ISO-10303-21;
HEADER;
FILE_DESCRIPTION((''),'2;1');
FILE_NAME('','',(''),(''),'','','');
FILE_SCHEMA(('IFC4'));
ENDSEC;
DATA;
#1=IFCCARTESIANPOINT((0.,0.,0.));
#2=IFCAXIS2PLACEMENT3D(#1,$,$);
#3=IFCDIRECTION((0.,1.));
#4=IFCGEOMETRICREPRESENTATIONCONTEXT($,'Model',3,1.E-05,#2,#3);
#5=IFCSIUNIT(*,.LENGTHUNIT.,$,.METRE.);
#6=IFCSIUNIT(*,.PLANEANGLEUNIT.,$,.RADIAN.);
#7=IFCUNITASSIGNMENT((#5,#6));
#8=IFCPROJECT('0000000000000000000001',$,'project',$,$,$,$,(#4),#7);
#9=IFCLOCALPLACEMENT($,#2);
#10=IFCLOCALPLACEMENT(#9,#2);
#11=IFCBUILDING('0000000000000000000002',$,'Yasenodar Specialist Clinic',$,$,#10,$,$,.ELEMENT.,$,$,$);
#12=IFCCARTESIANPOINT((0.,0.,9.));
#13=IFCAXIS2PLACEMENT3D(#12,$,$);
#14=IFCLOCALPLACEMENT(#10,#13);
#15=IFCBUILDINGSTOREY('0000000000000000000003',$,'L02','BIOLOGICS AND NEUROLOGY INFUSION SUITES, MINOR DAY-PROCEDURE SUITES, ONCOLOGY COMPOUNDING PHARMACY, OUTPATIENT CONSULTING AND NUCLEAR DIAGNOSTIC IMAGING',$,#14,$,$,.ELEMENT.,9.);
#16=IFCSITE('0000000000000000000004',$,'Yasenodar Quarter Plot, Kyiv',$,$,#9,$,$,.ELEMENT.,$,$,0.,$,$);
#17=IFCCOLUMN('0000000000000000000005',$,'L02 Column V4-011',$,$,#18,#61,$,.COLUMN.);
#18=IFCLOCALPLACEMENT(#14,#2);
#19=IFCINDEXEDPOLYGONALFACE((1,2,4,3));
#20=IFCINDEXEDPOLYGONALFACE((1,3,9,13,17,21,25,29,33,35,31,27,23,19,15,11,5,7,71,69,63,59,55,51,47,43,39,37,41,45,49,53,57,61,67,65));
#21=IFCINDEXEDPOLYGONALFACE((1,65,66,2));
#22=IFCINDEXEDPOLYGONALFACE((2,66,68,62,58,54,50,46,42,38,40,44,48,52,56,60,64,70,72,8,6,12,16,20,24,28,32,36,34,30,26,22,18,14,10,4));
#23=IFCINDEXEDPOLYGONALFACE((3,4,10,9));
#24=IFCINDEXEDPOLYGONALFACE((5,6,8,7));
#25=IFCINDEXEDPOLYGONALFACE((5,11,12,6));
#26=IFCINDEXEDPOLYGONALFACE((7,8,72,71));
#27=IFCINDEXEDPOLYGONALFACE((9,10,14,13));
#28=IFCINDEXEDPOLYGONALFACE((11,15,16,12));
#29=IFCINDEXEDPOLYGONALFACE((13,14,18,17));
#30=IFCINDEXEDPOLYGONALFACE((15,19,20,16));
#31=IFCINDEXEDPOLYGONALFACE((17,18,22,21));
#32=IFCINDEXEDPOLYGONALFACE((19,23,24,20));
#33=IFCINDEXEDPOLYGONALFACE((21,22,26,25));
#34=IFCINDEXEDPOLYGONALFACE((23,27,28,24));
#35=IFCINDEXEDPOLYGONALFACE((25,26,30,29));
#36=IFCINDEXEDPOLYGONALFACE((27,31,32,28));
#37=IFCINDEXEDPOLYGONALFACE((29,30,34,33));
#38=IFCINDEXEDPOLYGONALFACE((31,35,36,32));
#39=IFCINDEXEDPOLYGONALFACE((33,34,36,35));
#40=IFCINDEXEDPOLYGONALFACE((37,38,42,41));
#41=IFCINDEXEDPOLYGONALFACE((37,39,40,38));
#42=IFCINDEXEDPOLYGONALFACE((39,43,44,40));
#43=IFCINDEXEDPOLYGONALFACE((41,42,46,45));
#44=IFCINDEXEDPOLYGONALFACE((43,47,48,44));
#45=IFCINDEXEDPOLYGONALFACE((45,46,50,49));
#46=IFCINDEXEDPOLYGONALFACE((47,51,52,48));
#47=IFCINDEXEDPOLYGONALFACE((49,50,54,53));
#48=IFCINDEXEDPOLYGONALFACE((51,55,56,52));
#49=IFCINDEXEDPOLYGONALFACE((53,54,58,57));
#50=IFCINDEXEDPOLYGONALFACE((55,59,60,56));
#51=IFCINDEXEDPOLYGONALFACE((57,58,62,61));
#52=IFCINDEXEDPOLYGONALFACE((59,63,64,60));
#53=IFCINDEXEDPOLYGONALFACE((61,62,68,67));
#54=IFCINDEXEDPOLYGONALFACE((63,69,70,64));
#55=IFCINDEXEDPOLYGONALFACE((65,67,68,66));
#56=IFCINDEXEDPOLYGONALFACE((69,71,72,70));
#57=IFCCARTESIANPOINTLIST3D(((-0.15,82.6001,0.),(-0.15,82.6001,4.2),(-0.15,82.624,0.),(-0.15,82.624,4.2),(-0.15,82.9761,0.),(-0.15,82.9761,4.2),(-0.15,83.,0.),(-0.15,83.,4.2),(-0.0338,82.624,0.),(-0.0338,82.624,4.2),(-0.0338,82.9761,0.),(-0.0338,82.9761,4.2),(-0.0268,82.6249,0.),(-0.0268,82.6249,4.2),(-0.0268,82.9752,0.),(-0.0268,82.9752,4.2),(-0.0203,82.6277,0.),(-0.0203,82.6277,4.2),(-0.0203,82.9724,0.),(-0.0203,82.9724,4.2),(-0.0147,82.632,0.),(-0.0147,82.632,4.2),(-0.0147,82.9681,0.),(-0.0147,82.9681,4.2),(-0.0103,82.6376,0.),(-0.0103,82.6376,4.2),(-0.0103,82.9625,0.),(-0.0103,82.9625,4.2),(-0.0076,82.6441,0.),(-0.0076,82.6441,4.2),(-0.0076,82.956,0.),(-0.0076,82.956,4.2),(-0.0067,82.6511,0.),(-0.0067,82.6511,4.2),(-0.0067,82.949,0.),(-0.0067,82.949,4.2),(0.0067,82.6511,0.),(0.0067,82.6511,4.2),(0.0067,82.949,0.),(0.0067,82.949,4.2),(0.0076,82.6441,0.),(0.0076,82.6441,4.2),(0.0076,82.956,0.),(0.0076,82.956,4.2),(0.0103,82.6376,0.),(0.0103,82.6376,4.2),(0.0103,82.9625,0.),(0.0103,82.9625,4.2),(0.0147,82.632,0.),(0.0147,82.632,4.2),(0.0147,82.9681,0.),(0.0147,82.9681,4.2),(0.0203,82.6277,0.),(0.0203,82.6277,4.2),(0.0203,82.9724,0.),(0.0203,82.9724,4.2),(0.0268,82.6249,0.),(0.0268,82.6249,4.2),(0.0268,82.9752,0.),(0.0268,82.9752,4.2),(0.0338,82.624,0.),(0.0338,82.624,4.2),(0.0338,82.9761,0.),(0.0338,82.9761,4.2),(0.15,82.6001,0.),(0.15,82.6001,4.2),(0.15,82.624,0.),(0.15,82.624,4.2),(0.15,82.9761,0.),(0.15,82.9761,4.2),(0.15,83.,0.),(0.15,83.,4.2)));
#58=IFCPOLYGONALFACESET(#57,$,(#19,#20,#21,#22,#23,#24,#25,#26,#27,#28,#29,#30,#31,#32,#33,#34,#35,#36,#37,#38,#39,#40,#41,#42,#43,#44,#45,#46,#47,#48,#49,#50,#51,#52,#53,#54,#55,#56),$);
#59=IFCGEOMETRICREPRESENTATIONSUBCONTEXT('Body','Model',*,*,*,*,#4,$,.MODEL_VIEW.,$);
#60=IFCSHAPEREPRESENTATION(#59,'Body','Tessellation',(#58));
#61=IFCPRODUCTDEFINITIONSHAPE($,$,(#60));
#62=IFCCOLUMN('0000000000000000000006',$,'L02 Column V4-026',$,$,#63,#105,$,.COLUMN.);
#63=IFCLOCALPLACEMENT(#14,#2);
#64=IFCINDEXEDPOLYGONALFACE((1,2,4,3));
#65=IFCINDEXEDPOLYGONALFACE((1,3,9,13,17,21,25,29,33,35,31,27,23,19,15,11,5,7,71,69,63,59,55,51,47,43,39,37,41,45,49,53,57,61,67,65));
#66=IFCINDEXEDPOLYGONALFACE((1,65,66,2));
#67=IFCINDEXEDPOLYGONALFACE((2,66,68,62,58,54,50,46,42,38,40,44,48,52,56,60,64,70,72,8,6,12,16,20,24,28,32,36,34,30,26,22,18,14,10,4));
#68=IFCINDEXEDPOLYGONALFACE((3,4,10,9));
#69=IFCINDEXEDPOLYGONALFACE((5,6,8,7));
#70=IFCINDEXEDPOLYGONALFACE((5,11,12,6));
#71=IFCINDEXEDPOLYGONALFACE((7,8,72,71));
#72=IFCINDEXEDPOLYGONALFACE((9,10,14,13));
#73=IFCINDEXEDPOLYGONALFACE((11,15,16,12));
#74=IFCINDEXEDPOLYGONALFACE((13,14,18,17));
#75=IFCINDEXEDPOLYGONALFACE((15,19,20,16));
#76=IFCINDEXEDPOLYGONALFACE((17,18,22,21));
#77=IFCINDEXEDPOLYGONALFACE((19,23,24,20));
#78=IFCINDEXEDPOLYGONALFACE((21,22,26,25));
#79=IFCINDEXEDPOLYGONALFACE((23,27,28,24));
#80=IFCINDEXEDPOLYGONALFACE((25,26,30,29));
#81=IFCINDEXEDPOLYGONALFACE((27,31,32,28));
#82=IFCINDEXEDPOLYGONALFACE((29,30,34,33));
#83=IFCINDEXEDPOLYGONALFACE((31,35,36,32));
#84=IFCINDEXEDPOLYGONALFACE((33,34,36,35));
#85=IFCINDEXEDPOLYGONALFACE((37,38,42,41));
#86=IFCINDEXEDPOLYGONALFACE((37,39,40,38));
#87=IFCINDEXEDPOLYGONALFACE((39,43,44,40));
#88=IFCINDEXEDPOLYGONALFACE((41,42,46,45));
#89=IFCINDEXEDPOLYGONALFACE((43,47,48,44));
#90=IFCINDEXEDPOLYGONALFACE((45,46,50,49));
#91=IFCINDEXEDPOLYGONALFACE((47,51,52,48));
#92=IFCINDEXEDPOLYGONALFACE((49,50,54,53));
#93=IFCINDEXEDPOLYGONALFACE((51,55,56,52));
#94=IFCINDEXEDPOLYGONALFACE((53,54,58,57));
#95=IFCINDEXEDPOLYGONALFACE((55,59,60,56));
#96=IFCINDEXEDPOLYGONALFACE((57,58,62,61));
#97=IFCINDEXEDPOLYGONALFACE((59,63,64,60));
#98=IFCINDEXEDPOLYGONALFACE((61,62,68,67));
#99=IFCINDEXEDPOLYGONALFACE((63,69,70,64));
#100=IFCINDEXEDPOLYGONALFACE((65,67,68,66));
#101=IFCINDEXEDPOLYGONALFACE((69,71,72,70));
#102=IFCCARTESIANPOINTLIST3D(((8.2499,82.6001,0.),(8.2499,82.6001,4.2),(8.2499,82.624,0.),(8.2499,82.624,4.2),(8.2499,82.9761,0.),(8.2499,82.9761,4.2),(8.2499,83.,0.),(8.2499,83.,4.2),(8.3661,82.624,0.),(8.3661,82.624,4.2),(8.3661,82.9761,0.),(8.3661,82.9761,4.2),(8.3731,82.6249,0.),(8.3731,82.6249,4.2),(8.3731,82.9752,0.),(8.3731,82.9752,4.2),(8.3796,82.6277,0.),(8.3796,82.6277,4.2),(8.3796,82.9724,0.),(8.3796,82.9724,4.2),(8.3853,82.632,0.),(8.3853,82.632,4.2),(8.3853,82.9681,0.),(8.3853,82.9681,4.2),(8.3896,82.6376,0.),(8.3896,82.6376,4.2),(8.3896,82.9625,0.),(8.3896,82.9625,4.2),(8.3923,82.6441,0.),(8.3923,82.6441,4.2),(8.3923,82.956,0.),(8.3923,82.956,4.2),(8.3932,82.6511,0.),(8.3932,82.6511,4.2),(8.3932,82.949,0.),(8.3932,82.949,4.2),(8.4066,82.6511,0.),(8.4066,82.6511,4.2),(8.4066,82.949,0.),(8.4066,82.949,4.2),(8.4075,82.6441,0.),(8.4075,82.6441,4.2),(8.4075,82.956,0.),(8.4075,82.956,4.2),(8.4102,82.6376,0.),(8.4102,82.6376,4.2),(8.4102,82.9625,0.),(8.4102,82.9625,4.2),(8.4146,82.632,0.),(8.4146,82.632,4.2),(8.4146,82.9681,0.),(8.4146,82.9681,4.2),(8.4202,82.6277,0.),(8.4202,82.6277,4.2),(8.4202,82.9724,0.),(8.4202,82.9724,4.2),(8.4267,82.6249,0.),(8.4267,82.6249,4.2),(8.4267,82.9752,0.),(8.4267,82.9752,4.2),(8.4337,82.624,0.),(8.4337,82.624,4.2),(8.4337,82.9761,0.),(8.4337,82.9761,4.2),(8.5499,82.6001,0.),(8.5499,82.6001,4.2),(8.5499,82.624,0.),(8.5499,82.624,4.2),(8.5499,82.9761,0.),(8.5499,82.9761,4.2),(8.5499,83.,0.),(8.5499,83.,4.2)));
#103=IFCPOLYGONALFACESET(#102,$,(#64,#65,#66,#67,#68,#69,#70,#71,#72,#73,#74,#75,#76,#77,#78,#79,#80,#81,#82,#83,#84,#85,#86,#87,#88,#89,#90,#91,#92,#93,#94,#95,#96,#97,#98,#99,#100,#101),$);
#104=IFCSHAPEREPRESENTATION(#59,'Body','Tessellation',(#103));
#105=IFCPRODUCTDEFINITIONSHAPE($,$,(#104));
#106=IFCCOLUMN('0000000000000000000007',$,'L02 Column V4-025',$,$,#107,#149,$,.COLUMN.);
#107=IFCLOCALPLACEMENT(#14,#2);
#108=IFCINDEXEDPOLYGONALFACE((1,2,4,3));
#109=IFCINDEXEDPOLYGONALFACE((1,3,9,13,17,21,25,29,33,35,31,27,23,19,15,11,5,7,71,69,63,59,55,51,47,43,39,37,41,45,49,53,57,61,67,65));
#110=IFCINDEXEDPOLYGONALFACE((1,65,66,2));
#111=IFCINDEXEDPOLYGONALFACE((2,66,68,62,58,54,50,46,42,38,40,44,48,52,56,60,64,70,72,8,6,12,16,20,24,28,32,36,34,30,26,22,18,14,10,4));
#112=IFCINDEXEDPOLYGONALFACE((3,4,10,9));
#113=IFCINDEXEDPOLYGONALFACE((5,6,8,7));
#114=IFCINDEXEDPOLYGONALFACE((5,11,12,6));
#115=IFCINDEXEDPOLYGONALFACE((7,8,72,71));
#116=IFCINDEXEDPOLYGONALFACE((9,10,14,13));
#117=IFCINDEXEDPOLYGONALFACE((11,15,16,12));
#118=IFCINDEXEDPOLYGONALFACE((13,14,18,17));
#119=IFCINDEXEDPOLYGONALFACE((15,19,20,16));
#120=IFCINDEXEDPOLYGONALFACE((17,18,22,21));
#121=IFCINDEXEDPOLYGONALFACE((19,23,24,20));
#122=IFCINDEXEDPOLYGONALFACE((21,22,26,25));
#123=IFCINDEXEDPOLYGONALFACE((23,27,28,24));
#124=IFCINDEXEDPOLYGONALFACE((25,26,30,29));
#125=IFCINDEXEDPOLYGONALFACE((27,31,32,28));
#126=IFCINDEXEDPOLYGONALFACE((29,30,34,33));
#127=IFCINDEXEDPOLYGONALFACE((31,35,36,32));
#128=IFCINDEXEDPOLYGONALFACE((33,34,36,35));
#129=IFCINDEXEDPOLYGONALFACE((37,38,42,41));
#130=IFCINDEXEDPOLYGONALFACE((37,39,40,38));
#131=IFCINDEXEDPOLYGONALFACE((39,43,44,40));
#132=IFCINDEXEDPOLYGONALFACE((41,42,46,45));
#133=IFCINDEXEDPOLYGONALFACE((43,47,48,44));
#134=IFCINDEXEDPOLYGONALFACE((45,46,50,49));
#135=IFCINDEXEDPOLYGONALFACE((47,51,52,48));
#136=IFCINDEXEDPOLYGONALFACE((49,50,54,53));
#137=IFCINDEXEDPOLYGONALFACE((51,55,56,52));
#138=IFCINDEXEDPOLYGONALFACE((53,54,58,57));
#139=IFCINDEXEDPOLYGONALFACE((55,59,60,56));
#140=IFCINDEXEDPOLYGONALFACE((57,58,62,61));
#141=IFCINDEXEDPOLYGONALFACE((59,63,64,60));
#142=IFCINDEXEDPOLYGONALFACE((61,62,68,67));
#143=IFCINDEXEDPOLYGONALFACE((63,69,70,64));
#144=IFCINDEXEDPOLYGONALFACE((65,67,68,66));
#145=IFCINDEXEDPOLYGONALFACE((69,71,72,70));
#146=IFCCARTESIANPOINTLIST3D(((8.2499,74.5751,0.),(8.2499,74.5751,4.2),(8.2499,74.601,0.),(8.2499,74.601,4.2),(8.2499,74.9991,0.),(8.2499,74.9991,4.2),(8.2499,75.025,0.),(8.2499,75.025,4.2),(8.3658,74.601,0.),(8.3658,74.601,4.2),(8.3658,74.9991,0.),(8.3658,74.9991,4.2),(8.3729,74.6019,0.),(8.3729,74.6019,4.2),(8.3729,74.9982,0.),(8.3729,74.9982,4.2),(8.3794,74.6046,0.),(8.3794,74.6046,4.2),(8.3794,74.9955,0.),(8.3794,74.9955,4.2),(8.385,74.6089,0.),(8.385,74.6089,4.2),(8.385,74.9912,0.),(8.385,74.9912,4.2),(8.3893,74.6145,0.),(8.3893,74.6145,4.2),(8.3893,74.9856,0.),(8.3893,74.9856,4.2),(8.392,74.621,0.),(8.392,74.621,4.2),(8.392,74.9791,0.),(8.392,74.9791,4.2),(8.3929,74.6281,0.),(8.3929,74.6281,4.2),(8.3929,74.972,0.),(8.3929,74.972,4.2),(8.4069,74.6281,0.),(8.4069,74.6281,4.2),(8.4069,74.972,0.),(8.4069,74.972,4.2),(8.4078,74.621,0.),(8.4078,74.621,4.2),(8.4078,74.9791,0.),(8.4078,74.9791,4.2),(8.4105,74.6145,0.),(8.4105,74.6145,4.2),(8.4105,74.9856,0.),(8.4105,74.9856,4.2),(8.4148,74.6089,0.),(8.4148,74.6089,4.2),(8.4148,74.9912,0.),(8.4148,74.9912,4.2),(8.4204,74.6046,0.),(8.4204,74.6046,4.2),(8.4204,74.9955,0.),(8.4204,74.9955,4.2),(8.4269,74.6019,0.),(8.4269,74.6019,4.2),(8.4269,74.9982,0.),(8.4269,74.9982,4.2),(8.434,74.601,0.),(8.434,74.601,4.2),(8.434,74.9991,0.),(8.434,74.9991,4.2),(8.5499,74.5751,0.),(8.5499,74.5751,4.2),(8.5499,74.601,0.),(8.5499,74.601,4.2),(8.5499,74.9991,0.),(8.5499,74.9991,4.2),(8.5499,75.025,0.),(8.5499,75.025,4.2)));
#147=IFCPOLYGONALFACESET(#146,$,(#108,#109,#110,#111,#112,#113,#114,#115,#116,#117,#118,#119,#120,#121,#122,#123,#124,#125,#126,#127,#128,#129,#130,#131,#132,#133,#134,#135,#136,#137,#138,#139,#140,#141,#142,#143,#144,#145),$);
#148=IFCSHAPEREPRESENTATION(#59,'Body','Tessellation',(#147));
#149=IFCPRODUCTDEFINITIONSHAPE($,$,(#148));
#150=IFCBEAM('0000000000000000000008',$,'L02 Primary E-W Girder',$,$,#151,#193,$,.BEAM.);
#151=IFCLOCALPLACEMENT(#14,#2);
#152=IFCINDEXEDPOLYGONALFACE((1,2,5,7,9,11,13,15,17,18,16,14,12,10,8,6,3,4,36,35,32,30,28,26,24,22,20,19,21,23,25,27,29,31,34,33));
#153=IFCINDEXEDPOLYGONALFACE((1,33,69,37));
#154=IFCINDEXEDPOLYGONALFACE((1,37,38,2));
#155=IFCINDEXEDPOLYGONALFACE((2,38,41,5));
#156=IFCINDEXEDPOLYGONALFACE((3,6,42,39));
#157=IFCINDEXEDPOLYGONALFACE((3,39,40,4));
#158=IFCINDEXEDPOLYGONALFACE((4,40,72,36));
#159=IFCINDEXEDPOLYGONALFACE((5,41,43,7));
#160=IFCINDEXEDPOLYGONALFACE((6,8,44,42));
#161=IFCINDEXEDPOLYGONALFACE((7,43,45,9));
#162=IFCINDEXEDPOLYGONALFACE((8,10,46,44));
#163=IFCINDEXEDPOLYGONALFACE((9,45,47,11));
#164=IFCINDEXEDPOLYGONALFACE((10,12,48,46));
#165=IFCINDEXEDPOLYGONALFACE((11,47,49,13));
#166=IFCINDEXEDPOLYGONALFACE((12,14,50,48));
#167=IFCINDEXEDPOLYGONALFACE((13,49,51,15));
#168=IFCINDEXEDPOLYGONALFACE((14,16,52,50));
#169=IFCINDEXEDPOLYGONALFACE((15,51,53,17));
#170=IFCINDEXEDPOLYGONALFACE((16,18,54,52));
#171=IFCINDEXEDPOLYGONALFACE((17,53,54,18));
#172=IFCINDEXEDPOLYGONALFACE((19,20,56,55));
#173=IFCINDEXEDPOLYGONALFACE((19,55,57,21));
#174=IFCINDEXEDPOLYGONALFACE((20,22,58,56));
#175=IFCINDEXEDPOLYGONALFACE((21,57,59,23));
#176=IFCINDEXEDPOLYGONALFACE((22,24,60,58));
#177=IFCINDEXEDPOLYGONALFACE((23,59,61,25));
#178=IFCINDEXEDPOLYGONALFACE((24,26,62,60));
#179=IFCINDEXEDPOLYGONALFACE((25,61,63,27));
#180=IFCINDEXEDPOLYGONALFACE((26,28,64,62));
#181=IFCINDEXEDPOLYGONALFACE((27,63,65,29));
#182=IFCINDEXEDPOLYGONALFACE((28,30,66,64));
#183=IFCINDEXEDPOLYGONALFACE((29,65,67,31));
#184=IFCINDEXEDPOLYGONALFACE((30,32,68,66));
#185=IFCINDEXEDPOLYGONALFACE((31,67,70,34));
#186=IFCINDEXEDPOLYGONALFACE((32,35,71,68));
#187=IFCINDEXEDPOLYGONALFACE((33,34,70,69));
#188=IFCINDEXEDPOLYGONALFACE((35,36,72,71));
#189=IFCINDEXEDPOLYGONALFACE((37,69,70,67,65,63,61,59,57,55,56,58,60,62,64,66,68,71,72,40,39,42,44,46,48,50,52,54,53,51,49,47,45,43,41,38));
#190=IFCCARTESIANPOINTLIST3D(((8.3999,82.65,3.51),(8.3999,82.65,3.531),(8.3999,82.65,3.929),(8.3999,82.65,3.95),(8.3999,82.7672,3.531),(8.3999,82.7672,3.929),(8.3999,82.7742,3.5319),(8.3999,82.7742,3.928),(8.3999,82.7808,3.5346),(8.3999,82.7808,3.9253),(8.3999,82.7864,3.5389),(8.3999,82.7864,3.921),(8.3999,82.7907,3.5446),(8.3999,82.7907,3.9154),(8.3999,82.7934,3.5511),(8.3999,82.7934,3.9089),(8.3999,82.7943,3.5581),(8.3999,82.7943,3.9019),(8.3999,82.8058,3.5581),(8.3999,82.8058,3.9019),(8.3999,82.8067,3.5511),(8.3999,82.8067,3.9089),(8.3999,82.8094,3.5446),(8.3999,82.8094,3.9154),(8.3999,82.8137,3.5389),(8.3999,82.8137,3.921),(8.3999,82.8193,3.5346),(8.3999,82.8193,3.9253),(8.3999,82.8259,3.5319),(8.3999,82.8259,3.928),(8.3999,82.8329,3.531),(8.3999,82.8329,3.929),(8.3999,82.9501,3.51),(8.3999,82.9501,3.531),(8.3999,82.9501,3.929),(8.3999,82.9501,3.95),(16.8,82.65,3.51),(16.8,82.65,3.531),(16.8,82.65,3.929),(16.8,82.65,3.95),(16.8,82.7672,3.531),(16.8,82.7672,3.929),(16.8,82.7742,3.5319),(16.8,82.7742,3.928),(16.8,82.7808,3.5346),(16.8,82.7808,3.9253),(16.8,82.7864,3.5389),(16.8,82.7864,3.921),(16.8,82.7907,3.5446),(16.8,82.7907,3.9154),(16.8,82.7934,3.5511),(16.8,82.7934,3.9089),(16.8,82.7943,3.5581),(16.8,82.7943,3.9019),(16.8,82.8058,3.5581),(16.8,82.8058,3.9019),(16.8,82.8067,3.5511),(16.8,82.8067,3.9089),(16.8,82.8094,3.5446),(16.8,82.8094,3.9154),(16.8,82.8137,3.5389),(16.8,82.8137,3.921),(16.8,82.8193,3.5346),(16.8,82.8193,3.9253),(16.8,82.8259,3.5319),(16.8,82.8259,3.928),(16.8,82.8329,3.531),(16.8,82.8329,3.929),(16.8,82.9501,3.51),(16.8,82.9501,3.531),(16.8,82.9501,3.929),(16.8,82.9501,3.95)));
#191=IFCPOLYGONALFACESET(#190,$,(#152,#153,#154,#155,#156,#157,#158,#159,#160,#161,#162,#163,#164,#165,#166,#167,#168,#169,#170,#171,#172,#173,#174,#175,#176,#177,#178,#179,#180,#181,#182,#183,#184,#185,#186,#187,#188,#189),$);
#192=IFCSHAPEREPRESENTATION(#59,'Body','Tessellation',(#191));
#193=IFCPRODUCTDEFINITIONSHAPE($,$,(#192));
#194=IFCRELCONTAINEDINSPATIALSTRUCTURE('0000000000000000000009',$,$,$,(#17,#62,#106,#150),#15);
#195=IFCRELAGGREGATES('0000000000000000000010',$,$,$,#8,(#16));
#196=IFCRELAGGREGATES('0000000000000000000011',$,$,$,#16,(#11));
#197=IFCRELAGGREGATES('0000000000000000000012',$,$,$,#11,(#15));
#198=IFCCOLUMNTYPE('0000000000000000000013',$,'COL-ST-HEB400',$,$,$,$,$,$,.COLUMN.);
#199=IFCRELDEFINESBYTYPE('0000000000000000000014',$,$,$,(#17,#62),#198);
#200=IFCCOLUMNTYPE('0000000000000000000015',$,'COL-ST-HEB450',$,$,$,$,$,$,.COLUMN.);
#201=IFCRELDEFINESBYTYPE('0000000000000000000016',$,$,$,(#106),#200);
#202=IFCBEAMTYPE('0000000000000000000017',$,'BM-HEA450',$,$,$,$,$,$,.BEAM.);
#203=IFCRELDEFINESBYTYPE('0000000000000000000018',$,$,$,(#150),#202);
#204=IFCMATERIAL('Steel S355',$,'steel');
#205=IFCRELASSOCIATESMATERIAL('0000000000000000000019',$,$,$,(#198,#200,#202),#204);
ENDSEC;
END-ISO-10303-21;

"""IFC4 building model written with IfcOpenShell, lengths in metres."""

from ifc_helpers import new_model, si_unit, direction, frame, origin, origin_2d, place, context, subcontext, project, spatial, i_section, extrude, material, material_profile, profile_set, type_object, element, save


model = new_model("IFC4")

# Units and contexts
model_context = context("Model", 3, precision=1e-05, world=origin(), true_north=direction((0.0, 1.0)))
body_context = subcontext(model_context, "Body", "Model", "MODEL_VIEW")
ifc_project = project(units=[si_unit("LENGTHUNIT", "METRE"), si_unit("PLANEANGLEUNIT", "RADIAN")], contexts=[model_context])

# Site, building, storey
site_placement = place(None, origin())
site = spatial("IfcSite", under=ifc_project, at=site_placement, Name="Yasenodar Quarter Plot, Kyiv", CompositionType="ELEMENT", RefElevation=0.0)
building_placement = place(site_placement, origin())
building = spatial("IfcBuilding", under=site, at=building_placement, Name="Yasenodar Specialist Clinic", CompositionType="ELEMENT")
storey_placement = place(building_placement, frame((0.0, 0.0, 9.0)))
storey = spatial("IfcBuildingStorey", under=building, at=storey_placement, Name="L02", Description="BIOLOGICS AND NEUROLOGY INFUSION SUITES, MINOR DAY-PROCEDURE SUITES, ONCOLOGY COMPOUNDING PHARMACY, OUTPATIENT CONSULTING AND NUCLEAR DIAGNOSTIC IMAGING", CompositionType="ELEMENT", Elevation=9.0)

# Columns
ifc_material_1 = material(Name="Steel S355", Category="steel")
ifc_material_profile_1 = material_profile(ifc_material_1, i_section(OverallWidth=0.3, OverallDepth=0.3999, WebThickness=0.0134, FlangeThickness=0.0239, FilletRadius=0.0271, at=origin_2d()), Name="HEB 400")
ifc_profile_set_1 = profile_set([ifc_material_profile_1], Name="Steel S355")
column_type_1 = type_object("IfcColumnType", Name="COL-ST-HEB400", PredefinedType="COLUMN", material=ifc_profile_set_1)
for number, where, z_axis, x_axis, name in (
    (1, (0.0, 82.8, 0.0), (0.0, 0.0, 1.0), (1.0, 0.0, 0.0), "L02 Column V4-011"),
    (2, (8.3999, 82.8, 0.0), (0.0, 0.0, 1.0), (1.0, 0.0, 0.0), "L02 Column V4-026"),
):
    element("IfcColumn", number, at=place(storey_placement, frame(where, z_axis=z_axis, x_axis=x_axis)), inside=storey, type_object=column_type_1, Name=name, PredefinedType="COLUMN", context=body_context, shape_type="SweptSolid", body=[
        extrude(i_section(OverallWidth=0.3, OverallDepth=0.3999, WebThickness=0.0134, FlangeThickness=0.0239, FilletRadius=0.0271, at=origin_2d()), origin(), (0.0, 0.0, 1.0), 4.2),
    ])
ifc_material_profile_2 = material_profile(ifc_material_1, i_section(OverallWidth=0.3, OverallDepth=0.45, WebThickness=0.0139, FlangeThickness=0.0259, FilletRadius=0.0271, at=origin_2d()), Name="HEB 450")
ifc_profile_set_2 = profile_set([ifc_material_profile_2], Name="Steel S355")
column_type_2 = type_object("IfcColumnType", Name="COL-ST-HEB450", PredefinedType="COLUMN", material=ifc_profile_set_2)
column_placement = place(storey_placement, frame((8.3999, 74.8, 0.0), z_axis=(0.0, 0.0, 1.0), x_axis=(1.0, 0.0, 0.0)))
element("IfcColumn", 3, at=column_placement, inside=storey, type_object=column_type_2, Name="L02 Column V4-025", PredefinedType="COLUMN", context=body_context, shape_type="SweptSolid", body=[
    extrude(i_section(OverallWidth=0.3, OverallDepth=0.45, WebThickness=0.0139, FlangeThickness=0.0259, FilletRadius=0.0271, at=origin_2d()), origin(), (0.0, 0.0, 1.0), 4.2),
])

# Beam
ifc_material_profile_3 = material_profile(ifc_material_1, i_section(OverallWidth=0.3, OverallDepth=0.4399, WebThickness=0.0115, FlangeThickness=0.021, FilletRadius=0.0271, at=origin_2d()), Name="HEA 450")
ifc_profile_set_3 = profile_set([ifc_material_profile_3], Name="Steel S355")
beam_type_1 = type_object("IfcBeamType", Name="BM-HEA450", PredefinedType="BEAM", material=ifc_profile_set_3)
beam_1_placement = place(storey_placement, frame((8.3999, 82.8, 3.73), z_axis=(1.0, 0.0, 0.0), x_axis=(0.0, 1.0, 0.0)))
element("IfcBeam", 4, at=beam_1_placement, inside=storey, type_object=beam_type_1, Name="L02 Primary E-W Girder", PredefinedType="BEAM", context=body_context, shape_type="SweptSolid", body=[
    extrude(i_section(OverallWidth=0.3, OverallDepth=0.4399, WebThickness=0.0115, FlangeThickness=0.021, FilletRadius=0.0271, at=origin_2d()), origin(), (0.0, 0.0, 1.0), 8.4001),
])

save(model, "model.ifc")
